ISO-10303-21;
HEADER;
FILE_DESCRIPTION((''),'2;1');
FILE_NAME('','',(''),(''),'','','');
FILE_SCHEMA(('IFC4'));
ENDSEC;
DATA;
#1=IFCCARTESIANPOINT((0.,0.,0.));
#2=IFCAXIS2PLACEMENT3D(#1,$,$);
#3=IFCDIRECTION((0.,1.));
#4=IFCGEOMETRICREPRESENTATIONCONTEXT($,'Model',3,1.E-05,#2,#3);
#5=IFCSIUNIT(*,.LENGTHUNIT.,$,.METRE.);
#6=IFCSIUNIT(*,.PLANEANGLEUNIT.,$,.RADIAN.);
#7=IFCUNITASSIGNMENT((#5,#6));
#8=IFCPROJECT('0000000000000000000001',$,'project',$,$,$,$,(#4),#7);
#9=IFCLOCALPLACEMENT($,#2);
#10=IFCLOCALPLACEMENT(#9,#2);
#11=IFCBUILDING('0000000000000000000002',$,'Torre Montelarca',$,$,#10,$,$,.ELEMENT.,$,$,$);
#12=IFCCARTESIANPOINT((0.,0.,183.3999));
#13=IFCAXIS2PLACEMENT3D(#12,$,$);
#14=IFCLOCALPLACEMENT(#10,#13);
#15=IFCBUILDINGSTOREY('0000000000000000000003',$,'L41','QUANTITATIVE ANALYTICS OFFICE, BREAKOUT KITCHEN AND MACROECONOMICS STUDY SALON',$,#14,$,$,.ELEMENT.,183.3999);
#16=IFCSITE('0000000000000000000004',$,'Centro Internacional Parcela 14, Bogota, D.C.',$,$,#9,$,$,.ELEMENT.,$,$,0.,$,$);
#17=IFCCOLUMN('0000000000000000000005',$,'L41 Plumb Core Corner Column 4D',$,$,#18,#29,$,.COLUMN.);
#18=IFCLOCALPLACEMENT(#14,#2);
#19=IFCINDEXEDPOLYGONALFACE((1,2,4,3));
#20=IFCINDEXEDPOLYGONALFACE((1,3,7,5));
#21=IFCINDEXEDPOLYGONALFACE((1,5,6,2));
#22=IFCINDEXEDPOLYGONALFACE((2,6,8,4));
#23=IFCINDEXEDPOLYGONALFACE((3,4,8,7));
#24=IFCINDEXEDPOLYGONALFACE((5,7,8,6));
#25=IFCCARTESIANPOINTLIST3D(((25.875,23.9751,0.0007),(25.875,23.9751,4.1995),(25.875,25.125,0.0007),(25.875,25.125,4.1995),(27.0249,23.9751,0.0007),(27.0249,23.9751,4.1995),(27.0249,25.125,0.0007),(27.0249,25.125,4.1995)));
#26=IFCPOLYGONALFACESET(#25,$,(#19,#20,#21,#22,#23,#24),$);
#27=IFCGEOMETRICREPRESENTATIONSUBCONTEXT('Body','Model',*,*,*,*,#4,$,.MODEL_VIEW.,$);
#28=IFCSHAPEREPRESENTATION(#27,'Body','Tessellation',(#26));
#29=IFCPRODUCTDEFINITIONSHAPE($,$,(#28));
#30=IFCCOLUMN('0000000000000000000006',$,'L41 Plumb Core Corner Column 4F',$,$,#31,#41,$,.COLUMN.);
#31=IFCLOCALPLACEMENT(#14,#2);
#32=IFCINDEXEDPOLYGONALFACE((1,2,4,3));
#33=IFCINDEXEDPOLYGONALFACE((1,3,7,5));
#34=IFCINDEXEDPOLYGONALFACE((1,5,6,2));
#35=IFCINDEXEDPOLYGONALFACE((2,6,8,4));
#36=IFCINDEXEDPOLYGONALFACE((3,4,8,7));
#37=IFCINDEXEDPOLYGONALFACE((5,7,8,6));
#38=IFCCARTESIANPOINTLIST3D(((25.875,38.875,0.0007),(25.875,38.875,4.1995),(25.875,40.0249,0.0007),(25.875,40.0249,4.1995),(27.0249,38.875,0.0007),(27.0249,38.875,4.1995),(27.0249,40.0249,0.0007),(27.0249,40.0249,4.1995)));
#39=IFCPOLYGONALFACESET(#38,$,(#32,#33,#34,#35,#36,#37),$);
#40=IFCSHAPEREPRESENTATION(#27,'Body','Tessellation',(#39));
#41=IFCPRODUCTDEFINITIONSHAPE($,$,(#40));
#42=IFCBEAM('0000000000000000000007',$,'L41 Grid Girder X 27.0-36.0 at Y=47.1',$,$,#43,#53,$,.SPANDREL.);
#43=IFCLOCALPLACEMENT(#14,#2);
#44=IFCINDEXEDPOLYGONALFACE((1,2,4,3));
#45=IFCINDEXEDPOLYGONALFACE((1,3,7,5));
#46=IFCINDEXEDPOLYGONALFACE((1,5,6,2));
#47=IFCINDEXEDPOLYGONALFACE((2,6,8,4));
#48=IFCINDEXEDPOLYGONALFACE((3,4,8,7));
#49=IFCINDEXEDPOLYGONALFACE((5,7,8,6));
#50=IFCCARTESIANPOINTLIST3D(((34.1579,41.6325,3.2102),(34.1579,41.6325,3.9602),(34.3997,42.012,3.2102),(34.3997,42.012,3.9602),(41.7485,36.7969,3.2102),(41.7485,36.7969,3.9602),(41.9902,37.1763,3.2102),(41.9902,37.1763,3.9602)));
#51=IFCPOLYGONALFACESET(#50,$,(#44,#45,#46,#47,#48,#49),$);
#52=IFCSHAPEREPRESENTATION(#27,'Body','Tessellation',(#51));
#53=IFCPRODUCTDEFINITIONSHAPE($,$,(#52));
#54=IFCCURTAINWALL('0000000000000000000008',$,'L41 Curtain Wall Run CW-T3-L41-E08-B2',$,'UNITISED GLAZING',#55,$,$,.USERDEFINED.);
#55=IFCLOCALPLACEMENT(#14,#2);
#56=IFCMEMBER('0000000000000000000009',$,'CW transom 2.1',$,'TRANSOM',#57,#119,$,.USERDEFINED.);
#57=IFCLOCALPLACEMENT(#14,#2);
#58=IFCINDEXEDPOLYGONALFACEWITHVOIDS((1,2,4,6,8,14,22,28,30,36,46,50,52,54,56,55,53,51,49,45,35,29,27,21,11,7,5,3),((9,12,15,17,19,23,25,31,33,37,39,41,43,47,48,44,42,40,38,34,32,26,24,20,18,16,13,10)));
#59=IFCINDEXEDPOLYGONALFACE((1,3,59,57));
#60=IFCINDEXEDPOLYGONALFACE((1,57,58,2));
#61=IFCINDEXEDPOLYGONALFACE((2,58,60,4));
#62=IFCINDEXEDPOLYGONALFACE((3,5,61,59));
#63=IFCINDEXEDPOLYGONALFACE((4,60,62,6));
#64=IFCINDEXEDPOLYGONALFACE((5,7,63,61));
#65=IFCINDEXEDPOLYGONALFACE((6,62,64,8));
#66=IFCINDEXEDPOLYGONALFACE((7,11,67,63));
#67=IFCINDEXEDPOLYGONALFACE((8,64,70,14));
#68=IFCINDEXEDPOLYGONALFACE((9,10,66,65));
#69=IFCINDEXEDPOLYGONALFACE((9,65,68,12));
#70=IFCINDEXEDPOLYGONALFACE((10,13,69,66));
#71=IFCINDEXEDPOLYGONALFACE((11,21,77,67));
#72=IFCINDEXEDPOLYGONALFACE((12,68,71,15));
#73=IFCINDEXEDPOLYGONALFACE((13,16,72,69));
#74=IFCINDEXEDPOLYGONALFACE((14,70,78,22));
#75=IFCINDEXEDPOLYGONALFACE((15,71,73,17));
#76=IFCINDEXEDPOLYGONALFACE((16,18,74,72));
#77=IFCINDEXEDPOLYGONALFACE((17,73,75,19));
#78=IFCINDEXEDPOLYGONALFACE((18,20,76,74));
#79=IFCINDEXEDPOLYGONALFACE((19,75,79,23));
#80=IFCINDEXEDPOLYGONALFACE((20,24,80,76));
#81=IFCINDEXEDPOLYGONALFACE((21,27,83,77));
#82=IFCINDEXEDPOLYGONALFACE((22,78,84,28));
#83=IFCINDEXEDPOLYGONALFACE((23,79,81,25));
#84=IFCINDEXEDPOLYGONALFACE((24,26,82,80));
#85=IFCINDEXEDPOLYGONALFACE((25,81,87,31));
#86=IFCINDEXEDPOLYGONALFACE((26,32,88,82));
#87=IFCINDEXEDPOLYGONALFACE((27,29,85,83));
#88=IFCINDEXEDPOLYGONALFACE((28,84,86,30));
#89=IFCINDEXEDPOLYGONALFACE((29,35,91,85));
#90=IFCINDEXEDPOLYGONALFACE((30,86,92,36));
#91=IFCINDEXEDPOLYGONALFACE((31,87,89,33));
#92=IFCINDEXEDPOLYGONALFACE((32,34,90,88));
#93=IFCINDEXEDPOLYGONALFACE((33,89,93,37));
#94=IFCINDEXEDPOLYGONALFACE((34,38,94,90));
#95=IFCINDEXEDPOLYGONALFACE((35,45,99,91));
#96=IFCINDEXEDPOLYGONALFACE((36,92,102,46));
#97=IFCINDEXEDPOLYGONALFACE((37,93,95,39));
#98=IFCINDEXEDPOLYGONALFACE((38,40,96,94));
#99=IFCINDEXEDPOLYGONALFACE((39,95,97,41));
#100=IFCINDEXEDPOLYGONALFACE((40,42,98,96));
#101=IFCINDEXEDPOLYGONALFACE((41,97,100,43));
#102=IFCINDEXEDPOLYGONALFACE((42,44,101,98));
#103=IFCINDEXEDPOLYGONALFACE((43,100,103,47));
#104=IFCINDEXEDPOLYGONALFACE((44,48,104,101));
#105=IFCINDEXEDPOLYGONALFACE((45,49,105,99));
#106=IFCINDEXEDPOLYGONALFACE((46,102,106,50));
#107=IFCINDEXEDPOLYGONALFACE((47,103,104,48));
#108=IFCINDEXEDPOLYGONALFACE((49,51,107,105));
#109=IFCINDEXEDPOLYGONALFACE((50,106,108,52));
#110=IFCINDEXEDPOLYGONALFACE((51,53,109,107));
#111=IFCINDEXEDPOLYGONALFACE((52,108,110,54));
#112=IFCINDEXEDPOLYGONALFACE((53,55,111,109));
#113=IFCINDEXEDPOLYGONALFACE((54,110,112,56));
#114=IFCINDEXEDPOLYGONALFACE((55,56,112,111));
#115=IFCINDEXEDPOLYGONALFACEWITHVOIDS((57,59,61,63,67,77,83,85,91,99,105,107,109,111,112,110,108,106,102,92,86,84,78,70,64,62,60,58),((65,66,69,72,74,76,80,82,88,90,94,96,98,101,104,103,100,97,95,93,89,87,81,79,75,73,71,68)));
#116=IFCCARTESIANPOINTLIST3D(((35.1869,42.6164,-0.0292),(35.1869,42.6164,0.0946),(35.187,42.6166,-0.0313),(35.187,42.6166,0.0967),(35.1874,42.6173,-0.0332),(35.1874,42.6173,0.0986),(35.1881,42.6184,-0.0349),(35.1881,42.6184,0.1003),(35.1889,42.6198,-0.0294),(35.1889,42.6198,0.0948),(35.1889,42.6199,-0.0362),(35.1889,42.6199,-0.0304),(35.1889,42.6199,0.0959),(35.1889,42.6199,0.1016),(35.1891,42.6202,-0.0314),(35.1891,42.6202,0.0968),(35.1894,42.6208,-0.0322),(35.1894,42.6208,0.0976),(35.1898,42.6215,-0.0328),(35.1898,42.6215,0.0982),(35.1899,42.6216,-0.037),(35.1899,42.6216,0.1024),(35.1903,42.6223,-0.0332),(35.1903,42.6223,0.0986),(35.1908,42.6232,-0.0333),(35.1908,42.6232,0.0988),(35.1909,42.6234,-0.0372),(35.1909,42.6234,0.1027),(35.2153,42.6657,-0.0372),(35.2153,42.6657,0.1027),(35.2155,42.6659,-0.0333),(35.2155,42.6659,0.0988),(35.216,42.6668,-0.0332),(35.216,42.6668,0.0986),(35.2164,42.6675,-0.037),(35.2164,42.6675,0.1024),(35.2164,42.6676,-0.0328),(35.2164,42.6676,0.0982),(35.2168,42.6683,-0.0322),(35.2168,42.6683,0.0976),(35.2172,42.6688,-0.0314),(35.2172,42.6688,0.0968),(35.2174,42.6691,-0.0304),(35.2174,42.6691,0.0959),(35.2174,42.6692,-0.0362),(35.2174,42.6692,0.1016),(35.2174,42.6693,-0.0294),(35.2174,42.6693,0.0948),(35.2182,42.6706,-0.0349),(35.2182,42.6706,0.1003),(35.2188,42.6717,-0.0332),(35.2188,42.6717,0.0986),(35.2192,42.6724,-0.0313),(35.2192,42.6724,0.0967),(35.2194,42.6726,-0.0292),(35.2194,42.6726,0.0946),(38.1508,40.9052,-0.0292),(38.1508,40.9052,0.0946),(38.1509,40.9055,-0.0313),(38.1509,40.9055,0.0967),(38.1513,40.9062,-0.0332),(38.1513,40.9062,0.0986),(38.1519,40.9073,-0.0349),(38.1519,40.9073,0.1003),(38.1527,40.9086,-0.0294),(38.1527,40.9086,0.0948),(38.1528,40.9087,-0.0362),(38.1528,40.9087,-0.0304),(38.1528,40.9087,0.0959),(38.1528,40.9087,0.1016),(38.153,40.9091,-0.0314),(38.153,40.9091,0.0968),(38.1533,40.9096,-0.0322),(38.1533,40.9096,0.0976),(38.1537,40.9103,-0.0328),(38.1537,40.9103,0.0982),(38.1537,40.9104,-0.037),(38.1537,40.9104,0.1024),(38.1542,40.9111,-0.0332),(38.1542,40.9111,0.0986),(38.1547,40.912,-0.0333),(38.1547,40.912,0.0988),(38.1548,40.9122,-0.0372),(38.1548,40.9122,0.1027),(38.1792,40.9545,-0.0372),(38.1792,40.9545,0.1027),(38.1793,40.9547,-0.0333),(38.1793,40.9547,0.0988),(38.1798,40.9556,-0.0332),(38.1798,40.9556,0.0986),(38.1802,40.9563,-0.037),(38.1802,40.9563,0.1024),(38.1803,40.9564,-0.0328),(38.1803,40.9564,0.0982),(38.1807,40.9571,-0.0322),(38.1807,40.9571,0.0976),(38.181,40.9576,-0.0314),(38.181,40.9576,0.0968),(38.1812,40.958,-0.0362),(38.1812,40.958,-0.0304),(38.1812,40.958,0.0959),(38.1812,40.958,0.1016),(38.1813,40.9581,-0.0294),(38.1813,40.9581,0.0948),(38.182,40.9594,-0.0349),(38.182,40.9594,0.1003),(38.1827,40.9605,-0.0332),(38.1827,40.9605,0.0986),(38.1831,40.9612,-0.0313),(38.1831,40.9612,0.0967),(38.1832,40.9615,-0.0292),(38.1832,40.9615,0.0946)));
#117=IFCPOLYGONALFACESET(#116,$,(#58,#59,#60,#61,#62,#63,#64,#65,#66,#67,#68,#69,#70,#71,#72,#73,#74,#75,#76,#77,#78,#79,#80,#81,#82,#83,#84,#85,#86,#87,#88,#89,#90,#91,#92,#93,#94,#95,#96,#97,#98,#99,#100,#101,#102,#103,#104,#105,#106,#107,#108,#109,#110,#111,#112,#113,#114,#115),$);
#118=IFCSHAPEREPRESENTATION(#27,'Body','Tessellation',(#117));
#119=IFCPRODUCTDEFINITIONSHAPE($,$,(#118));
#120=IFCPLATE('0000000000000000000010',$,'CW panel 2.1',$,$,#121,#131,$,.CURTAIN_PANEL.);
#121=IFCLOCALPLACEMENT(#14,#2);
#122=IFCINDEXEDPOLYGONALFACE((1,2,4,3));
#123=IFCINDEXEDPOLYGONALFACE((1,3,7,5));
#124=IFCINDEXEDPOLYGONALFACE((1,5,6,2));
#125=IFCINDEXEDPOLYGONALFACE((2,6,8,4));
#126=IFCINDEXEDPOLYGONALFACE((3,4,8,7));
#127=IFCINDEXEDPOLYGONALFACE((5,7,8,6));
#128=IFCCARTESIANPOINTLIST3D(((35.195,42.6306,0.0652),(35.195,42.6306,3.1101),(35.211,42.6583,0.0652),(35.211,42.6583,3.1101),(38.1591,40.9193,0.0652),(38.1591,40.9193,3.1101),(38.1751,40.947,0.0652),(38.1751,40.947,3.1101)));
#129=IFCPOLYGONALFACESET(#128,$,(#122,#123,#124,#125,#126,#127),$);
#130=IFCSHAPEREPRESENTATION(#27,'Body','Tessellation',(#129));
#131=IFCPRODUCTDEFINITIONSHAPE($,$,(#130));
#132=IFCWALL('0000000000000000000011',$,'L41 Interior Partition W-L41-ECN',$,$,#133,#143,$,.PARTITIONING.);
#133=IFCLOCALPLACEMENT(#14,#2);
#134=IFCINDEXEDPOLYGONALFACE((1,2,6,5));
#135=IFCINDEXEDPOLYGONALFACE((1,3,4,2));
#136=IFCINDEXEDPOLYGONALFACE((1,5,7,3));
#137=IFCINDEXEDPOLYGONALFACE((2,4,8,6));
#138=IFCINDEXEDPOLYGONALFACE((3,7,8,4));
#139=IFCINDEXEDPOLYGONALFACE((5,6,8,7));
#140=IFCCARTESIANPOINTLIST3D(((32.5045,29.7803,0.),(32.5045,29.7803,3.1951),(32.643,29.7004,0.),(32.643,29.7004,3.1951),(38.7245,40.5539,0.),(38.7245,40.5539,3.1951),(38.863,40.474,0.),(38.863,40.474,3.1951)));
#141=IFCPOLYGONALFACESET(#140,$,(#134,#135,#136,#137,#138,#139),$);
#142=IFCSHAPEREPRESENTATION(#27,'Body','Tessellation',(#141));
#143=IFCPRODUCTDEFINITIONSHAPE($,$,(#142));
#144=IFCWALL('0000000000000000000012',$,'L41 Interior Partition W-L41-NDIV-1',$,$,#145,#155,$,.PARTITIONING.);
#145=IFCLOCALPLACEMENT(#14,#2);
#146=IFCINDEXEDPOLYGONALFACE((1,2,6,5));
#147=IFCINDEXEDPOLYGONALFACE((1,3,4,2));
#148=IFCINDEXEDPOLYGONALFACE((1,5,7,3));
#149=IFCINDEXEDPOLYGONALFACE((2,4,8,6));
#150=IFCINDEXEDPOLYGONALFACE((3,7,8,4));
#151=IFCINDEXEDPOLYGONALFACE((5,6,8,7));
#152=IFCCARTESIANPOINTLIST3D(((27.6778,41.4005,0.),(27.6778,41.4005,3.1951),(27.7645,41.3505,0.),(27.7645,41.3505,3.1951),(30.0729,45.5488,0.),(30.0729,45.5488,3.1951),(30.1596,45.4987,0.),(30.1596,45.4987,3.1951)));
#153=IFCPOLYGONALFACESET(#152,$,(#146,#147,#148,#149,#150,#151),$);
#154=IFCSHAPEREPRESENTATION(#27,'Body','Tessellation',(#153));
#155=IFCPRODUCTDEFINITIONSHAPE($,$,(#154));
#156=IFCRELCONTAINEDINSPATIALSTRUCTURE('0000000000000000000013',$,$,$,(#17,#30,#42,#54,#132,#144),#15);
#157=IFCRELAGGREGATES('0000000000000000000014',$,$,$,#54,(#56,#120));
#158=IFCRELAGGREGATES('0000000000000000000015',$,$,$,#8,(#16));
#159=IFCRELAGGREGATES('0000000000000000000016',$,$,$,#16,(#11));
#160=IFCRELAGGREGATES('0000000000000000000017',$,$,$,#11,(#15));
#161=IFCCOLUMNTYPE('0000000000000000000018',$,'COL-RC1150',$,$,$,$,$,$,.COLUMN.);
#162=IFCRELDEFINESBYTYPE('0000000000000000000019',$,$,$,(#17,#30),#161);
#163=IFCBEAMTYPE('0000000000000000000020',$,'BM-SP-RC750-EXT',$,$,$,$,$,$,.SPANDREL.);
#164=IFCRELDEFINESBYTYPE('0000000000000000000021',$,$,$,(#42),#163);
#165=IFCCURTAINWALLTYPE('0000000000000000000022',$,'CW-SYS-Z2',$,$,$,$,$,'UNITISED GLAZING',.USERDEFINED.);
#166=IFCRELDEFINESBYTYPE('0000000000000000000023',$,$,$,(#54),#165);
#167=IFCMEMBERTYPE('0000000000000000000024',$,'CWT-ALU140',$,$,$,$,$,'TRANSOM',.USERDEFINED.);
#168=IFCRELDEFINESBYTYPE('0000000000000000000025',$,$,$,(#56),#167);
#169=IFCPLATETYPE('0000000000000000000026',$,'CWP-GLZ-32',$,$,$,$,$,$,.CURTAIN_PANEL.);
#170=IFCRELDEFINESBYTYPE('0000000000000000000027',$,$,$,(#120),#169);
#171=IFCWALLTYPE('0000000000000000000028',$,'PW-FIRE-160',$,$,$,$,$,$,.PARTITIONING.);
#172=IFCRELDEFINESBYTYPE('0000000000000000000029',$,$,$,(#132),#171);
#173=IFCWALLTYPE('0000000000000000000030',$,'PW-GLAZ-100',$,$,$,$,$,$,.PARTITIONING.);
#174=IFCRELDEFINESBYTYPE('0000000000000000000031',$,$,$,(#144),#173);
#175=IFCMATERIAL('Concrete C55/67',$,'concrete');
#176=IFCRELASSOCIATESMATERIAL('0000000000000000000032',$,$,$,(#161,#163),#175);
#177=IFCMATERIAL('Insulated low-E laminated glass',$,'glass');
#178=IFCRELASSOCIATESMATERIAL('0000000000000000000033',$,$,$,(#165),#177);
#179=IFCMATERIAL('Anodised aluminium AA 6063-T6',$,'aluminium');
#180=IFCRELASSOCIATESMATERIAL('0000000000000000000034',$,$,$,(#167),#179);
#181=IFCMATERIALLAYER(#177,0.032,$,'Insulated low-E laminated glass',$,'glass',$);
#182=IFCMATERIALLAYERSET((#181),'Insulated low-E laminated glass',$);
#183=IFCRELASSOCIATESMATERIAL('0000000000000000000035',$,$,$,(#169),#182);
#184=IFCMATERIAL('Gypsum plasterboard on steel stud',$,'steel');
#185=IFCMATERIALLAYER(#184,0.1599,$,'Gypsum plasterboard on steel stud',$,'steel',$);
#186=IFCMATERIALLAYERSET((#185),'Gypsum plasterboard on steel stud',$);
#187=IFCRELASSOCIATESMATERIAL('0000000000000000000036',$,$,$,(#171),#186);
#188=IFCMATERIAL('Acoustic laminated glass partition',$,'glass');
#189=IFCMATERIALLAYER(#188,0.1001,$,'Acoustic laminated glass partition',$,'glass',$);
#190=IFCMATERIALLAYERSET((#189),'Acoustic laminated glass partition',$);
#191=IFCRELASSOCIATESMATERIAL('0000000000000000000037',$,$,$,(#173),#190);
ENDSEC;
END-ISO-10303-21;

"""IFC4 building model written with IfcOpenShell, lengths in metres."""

from ifc_helpers import new_model, si_unit, direction, frame, frame_2d, origin, origin_2d, place, context, subcontext, project, spatial, rectangle, hollow_rectangle, extrude, source, transform, mapped, material, layer, layer_set, material_profile, profile_set, type_object, element, aggregate, save


model = new_model("IFC4")

# Units and contexts
model_context = context("Model", 3, precision=1e-05, world=origin(), true_north=direction((0.0, 1.0)))
body_context = subcontext(model_context, "Body", "Model", "MODEL_VIEW")
ifc_project = project(units=[si_unit("LENGTHUNIT", "METRE"), si_unit("PLANEANGLEUNIT", "RADIAN")], contexts=[model_context])

# Site, building, storey
site_placement = place(None, origin())
site = spatial("IfcSite", under=ifc_project, at=site_placement, Name="Centro Internacional Parcela 14, Bogota, D.C.", CompositionType="ELEMENT", RefElevation=0.0)
building_placement = place(site_placement, origin())
building = spatial("IfcBuilding", under=site, at=building_placement, Name="Torre Montelarca", CompositionType="ELEMENT")
storey_placement = place(building_placement, frame((0.0, 0.0, 183.3999)))
storey = spatial("IfcBuildingStorey", under=building, at=storey_placement, Name="L41", Description="QUANTITATIVE ANALYTICS OFFICE, BREAKOUT KITCHEN AND MACROECONOMICS STUDY SALON", CompositionType="ELEMENT", Elevation=183.3999)

# Columns
ifc_material_1 = material(Name="Concrete C55/67", Category="concrete")
ifc_material_profile_1 = material_profile(ifc_material_1, rectangle(XDim=1.1499, YDim=1.1499, at=origin_2d()), Name="RC1150X1150", Category="concrete")
ifc_profile_set_1 = profile_set([ifc_material_profile_1], Name="Concrete C55/67")
column_type_1 = type_object("IfcColumnType", Name="COL-RC1150", PredefinedType="COLUMN", material=ifc_profile_set_1)
shared_shape_1 = source(origin(), body_context, "Body", "SweptSolid", [
    extrude(rectangle(XDim=1.1499, YDim=1.1499, at=origin_2d()), origin(), (0.0, 0.0, 1.0), 4.1987),
])
for number, where, z_axis, x_axis, name in (
    (1, (26.45, 24.55, 0.0007), (0.0, 0.0, 1.0), (1.0, 0.0, 0.0), "L41 Plumb Core Corner Column 4D"),
    (2, (26.45, 39.45, 0.0007), (0.0, 0.0, 1.0), (1.0, 0.0, 0.0), "L41 Plumb Core Corner Column 4F"),
):
    element("IfcColumn", number, at=place(storey_placement, frame(where, z_axis=z_axis, x_axis=x_axis)), inside=storey, type_object=column_type_1, Name=name, PredefinedType="COLUMN", context=body_context, shape_type="MappedRepresentation", body=[
        mapped(shared_shape_1, transform((0.0, 0.0, 0.0), scale=1.0)),
    ])

# Beam
ifc_material_profile_2 = material_profile(ifc_material_1, rectangle(XDim=0.45, YDim=0.75, at=origin_2d()), Name="RCB450X750", Category="concrete")
ifc_profile_set_2 = profile_set([ifc_material_profile_2], Name="Concrete C55/67")
beam_type = type_object("IfcBeamType", Name="BM-SP-RC750-EXT", PredefinedType="SPANDREL", material=ifc_profile_set_2)
shared_shape_2 = source(origin(), body_context, "Body", "SweptSolid", [
    extrude(rectangle(XDim=0.45, YDim=0.75, at=origin_2d()), origin(), (0.0, 0.0, 1.0), 9.0),
])
beam_placement = place(storey_placement, frame((34.2788, 41.8223, 3.5852), z_axis=(0.843393, -0.537297, 0.0), x_axis=(0.537297, 0.843393, 0.0)))
element("IfcBeam", 3, at=beam_placement, inside=storey, type_object=beam_type, Name="L41 Grid Girder X 27.0-36.0 at Y=47.1", PredefinedType="SPANDREL", context=body_context, shape_type="MappedRepresentation", body=[
    mapped(shared_shape_2, transform((0.0, 0.0, 0.0), scale=1.0)),
])

# Curtain wall, member, plate
ifc_material_2 = material(Name="Insulated low-E laminated glass", Category="glass")
curtain_wall_type = type_object("IfcCurtainWallType", Name="CW-SYS-Z2", ElementType="UNITISED GLAZING", PredefinedType="USERDEFINED", material=ifc_material_2)
curtain_wall_placement = place(storey_placement, origin())
curtain_wall = element("IfcCurtainWall", 4, at=curtain_wall_placement, inside=storey, type_object=curtain_wall_type, Name="L41 Curtain Wall Run CW-T3-L41-E08-B2", ObjectType="UNITISED GLAZING", PredefinedType="USERDEFINED")
ifc_material_3 = material(Name="Anodised aluminium AA 6063-T6", Category="aluminium")
ifc_material_profile_3 = material_profile(ifc_material_3, hollow_rectangle(XDim=0.0649, YDim=0.1399, WallThickness=0.0039, InnerFilletRadius=0.0039, OuterFilletRadius=0.0081, at=origin_2d()), Name="ALU65X140X4", Category="aluminium")
ifc_profile_set_3 = profile_set([ifc_material_profile_3], Name="Anodised aluminium AA 6063-T6")
member_type = type_object("IfcMemberType", Name="CWT-ALU140", ElementType="TRANSOM", PredefinedType="USERDEFINED", material=ifc_profile_set_3)
shared_shape_3 = source(origin(), body_context, "Body", "SweptSolid", [
    extrude(hollow_rectangle(XDim=0.0649, YDim=0.1399, WallThickness=0.0039, InnerFilletRadius=0.0039, OuterFilletRadius=0.0081, at=origin_2d()), origin(), (0.0, 0.0, 1.0), 3.4224),
])
member_placement = place(storey_placement, frame((38.167, 40.9333, 0.0327), z_axis=(-0.866026, 0.499998, 0.0), x_axis=(-0.499998, -0.866026, 0.0)))
member = element("IfcMember", 5, at=member_placement, type_object=member_type, Name="CW transom 2.1", ObjectType="TRANSOM", PredefinedType="USERDEFINED", context=body_context, shape_type="MappedRepresentation", body=[
    mapped(shared_shape_3, transform((0.0, 0.0, 0.0), scale=1.0)),
])
ifc_layer_1 = layer(ifc_material_2, 0.032, Name="Insulated low-E laminated glass", Category="glass")
ifc_layer_set_1 = layer_set([ifc_layer_1], Name="Insulated low-E laminated glass")
plate_type = type_object("IfcPlateType", Name="CWP-GLZ-32", PredefinedType="CURTAIN_PANEL", material=ifc_layer_set_1)
shared_shape_4 = source(origin(), body_context, "Body", "SweptSolid", [
    extrude(rectangle(XDim=3.4226, YDim=0.032, at=origin_2d()), origin(), (0.0, 0.0, 1.0), 3.0449),
])
plate_placement = place(storey_placement, frame((36.6851, 41.7888, 0.0652), z_axis=(0.0, 0.0, 1.0), x_axis=(-0.866028, 0.499995, 0.0)))
plate = element("IfcPlate", 6, at=plate_placement, type_object=plate_type, Name="CW panel 2.1", PredefinedType="CURTAIN_PANEL", context=body_context, shape_type="MappedRepresentation", body=[
    mapped(shared_shape_4, transform((0.0, 0.0, 0.0), scale=1.0)),
])
aggregate(curtain_wall, [member, plate])

# Walls
ifc_material_4 = material(Name="Gypsum plasterboard on steel stud", Category="steel")
ifc_layer_2 = layer(ifc_material_4, 0.1599, Name="Gypsum plasterboard on steel stud", Category="steel")
ifc_layer_set_2 = layer_set([ifc_layer_2], Name="Gypsum plasterboard on steel stud")
wall_type_1 = type_object("IfcWallType", Name="PW-FIRE-160", PredefinedType="PARTITIONING", material=ifc_layer_set_2)
wall_1_placement = place(storey_placement, frame((32.5737, 29.7402, 0.0), z_axis=(0.0, 0.0, 1.0), x_axis=(0.499987, 0.866033, 0.0)))
element("IfcWall", 7, at=wall_1_placement, inside=storey, type_object=wall_type_1, Name="L41 Interior Partition W-L41-ECN", PredefinedType="PARTITIONING", context=body_context, shape_type="SweptSolid", body=[
    extrude(rectangle(XDim=12.4402, YDim=0.1599, at=frame_2d((6.2202, 0.0))), origin(), (0.0, 0.0, 1.0), 3.1951),
])
ifc_material_5 = material(Name="Acoustic laminated glass partition", Category="glass")
ifc_layer_3 = layer(ifc_material_5, 0.1001, Name="Acoustic laminated glass partition", Category="glass")
ifc_layer_set_3 = layer_set([ifc_layer_3], Name="Acoustic laminated glass partition")
wall_type_2 = type_object("IfcWallType", Name="PW-GLAZ-100", PredefinedType="PARTITIONING", material=ifc_layer_set_3)
wall_2_placement = place(storey_placement, frame((27.7212, 41.3755, 0.0), z_axis=(0.0, 0.0, 1.0), x_axis=(0.500009, 0.86602, 0.0)))
element("IfcWall", 8, at=wall_2_placement, inside=storey, type_object=wall_type_2, Name="L41 Interior Partition W-L41-NDIV-1", PredefinedType="PARTITIONING", context=body_context, shape_type="SweptSolid", body=[
    extrude(rectangle(XDim=4.79, YDim=0.1001, at=frame_2d((2.395, 0.0))), origin(), (0.0, 0.0, 1.0), 3.1951),
])

save(model, "model.ifc")
